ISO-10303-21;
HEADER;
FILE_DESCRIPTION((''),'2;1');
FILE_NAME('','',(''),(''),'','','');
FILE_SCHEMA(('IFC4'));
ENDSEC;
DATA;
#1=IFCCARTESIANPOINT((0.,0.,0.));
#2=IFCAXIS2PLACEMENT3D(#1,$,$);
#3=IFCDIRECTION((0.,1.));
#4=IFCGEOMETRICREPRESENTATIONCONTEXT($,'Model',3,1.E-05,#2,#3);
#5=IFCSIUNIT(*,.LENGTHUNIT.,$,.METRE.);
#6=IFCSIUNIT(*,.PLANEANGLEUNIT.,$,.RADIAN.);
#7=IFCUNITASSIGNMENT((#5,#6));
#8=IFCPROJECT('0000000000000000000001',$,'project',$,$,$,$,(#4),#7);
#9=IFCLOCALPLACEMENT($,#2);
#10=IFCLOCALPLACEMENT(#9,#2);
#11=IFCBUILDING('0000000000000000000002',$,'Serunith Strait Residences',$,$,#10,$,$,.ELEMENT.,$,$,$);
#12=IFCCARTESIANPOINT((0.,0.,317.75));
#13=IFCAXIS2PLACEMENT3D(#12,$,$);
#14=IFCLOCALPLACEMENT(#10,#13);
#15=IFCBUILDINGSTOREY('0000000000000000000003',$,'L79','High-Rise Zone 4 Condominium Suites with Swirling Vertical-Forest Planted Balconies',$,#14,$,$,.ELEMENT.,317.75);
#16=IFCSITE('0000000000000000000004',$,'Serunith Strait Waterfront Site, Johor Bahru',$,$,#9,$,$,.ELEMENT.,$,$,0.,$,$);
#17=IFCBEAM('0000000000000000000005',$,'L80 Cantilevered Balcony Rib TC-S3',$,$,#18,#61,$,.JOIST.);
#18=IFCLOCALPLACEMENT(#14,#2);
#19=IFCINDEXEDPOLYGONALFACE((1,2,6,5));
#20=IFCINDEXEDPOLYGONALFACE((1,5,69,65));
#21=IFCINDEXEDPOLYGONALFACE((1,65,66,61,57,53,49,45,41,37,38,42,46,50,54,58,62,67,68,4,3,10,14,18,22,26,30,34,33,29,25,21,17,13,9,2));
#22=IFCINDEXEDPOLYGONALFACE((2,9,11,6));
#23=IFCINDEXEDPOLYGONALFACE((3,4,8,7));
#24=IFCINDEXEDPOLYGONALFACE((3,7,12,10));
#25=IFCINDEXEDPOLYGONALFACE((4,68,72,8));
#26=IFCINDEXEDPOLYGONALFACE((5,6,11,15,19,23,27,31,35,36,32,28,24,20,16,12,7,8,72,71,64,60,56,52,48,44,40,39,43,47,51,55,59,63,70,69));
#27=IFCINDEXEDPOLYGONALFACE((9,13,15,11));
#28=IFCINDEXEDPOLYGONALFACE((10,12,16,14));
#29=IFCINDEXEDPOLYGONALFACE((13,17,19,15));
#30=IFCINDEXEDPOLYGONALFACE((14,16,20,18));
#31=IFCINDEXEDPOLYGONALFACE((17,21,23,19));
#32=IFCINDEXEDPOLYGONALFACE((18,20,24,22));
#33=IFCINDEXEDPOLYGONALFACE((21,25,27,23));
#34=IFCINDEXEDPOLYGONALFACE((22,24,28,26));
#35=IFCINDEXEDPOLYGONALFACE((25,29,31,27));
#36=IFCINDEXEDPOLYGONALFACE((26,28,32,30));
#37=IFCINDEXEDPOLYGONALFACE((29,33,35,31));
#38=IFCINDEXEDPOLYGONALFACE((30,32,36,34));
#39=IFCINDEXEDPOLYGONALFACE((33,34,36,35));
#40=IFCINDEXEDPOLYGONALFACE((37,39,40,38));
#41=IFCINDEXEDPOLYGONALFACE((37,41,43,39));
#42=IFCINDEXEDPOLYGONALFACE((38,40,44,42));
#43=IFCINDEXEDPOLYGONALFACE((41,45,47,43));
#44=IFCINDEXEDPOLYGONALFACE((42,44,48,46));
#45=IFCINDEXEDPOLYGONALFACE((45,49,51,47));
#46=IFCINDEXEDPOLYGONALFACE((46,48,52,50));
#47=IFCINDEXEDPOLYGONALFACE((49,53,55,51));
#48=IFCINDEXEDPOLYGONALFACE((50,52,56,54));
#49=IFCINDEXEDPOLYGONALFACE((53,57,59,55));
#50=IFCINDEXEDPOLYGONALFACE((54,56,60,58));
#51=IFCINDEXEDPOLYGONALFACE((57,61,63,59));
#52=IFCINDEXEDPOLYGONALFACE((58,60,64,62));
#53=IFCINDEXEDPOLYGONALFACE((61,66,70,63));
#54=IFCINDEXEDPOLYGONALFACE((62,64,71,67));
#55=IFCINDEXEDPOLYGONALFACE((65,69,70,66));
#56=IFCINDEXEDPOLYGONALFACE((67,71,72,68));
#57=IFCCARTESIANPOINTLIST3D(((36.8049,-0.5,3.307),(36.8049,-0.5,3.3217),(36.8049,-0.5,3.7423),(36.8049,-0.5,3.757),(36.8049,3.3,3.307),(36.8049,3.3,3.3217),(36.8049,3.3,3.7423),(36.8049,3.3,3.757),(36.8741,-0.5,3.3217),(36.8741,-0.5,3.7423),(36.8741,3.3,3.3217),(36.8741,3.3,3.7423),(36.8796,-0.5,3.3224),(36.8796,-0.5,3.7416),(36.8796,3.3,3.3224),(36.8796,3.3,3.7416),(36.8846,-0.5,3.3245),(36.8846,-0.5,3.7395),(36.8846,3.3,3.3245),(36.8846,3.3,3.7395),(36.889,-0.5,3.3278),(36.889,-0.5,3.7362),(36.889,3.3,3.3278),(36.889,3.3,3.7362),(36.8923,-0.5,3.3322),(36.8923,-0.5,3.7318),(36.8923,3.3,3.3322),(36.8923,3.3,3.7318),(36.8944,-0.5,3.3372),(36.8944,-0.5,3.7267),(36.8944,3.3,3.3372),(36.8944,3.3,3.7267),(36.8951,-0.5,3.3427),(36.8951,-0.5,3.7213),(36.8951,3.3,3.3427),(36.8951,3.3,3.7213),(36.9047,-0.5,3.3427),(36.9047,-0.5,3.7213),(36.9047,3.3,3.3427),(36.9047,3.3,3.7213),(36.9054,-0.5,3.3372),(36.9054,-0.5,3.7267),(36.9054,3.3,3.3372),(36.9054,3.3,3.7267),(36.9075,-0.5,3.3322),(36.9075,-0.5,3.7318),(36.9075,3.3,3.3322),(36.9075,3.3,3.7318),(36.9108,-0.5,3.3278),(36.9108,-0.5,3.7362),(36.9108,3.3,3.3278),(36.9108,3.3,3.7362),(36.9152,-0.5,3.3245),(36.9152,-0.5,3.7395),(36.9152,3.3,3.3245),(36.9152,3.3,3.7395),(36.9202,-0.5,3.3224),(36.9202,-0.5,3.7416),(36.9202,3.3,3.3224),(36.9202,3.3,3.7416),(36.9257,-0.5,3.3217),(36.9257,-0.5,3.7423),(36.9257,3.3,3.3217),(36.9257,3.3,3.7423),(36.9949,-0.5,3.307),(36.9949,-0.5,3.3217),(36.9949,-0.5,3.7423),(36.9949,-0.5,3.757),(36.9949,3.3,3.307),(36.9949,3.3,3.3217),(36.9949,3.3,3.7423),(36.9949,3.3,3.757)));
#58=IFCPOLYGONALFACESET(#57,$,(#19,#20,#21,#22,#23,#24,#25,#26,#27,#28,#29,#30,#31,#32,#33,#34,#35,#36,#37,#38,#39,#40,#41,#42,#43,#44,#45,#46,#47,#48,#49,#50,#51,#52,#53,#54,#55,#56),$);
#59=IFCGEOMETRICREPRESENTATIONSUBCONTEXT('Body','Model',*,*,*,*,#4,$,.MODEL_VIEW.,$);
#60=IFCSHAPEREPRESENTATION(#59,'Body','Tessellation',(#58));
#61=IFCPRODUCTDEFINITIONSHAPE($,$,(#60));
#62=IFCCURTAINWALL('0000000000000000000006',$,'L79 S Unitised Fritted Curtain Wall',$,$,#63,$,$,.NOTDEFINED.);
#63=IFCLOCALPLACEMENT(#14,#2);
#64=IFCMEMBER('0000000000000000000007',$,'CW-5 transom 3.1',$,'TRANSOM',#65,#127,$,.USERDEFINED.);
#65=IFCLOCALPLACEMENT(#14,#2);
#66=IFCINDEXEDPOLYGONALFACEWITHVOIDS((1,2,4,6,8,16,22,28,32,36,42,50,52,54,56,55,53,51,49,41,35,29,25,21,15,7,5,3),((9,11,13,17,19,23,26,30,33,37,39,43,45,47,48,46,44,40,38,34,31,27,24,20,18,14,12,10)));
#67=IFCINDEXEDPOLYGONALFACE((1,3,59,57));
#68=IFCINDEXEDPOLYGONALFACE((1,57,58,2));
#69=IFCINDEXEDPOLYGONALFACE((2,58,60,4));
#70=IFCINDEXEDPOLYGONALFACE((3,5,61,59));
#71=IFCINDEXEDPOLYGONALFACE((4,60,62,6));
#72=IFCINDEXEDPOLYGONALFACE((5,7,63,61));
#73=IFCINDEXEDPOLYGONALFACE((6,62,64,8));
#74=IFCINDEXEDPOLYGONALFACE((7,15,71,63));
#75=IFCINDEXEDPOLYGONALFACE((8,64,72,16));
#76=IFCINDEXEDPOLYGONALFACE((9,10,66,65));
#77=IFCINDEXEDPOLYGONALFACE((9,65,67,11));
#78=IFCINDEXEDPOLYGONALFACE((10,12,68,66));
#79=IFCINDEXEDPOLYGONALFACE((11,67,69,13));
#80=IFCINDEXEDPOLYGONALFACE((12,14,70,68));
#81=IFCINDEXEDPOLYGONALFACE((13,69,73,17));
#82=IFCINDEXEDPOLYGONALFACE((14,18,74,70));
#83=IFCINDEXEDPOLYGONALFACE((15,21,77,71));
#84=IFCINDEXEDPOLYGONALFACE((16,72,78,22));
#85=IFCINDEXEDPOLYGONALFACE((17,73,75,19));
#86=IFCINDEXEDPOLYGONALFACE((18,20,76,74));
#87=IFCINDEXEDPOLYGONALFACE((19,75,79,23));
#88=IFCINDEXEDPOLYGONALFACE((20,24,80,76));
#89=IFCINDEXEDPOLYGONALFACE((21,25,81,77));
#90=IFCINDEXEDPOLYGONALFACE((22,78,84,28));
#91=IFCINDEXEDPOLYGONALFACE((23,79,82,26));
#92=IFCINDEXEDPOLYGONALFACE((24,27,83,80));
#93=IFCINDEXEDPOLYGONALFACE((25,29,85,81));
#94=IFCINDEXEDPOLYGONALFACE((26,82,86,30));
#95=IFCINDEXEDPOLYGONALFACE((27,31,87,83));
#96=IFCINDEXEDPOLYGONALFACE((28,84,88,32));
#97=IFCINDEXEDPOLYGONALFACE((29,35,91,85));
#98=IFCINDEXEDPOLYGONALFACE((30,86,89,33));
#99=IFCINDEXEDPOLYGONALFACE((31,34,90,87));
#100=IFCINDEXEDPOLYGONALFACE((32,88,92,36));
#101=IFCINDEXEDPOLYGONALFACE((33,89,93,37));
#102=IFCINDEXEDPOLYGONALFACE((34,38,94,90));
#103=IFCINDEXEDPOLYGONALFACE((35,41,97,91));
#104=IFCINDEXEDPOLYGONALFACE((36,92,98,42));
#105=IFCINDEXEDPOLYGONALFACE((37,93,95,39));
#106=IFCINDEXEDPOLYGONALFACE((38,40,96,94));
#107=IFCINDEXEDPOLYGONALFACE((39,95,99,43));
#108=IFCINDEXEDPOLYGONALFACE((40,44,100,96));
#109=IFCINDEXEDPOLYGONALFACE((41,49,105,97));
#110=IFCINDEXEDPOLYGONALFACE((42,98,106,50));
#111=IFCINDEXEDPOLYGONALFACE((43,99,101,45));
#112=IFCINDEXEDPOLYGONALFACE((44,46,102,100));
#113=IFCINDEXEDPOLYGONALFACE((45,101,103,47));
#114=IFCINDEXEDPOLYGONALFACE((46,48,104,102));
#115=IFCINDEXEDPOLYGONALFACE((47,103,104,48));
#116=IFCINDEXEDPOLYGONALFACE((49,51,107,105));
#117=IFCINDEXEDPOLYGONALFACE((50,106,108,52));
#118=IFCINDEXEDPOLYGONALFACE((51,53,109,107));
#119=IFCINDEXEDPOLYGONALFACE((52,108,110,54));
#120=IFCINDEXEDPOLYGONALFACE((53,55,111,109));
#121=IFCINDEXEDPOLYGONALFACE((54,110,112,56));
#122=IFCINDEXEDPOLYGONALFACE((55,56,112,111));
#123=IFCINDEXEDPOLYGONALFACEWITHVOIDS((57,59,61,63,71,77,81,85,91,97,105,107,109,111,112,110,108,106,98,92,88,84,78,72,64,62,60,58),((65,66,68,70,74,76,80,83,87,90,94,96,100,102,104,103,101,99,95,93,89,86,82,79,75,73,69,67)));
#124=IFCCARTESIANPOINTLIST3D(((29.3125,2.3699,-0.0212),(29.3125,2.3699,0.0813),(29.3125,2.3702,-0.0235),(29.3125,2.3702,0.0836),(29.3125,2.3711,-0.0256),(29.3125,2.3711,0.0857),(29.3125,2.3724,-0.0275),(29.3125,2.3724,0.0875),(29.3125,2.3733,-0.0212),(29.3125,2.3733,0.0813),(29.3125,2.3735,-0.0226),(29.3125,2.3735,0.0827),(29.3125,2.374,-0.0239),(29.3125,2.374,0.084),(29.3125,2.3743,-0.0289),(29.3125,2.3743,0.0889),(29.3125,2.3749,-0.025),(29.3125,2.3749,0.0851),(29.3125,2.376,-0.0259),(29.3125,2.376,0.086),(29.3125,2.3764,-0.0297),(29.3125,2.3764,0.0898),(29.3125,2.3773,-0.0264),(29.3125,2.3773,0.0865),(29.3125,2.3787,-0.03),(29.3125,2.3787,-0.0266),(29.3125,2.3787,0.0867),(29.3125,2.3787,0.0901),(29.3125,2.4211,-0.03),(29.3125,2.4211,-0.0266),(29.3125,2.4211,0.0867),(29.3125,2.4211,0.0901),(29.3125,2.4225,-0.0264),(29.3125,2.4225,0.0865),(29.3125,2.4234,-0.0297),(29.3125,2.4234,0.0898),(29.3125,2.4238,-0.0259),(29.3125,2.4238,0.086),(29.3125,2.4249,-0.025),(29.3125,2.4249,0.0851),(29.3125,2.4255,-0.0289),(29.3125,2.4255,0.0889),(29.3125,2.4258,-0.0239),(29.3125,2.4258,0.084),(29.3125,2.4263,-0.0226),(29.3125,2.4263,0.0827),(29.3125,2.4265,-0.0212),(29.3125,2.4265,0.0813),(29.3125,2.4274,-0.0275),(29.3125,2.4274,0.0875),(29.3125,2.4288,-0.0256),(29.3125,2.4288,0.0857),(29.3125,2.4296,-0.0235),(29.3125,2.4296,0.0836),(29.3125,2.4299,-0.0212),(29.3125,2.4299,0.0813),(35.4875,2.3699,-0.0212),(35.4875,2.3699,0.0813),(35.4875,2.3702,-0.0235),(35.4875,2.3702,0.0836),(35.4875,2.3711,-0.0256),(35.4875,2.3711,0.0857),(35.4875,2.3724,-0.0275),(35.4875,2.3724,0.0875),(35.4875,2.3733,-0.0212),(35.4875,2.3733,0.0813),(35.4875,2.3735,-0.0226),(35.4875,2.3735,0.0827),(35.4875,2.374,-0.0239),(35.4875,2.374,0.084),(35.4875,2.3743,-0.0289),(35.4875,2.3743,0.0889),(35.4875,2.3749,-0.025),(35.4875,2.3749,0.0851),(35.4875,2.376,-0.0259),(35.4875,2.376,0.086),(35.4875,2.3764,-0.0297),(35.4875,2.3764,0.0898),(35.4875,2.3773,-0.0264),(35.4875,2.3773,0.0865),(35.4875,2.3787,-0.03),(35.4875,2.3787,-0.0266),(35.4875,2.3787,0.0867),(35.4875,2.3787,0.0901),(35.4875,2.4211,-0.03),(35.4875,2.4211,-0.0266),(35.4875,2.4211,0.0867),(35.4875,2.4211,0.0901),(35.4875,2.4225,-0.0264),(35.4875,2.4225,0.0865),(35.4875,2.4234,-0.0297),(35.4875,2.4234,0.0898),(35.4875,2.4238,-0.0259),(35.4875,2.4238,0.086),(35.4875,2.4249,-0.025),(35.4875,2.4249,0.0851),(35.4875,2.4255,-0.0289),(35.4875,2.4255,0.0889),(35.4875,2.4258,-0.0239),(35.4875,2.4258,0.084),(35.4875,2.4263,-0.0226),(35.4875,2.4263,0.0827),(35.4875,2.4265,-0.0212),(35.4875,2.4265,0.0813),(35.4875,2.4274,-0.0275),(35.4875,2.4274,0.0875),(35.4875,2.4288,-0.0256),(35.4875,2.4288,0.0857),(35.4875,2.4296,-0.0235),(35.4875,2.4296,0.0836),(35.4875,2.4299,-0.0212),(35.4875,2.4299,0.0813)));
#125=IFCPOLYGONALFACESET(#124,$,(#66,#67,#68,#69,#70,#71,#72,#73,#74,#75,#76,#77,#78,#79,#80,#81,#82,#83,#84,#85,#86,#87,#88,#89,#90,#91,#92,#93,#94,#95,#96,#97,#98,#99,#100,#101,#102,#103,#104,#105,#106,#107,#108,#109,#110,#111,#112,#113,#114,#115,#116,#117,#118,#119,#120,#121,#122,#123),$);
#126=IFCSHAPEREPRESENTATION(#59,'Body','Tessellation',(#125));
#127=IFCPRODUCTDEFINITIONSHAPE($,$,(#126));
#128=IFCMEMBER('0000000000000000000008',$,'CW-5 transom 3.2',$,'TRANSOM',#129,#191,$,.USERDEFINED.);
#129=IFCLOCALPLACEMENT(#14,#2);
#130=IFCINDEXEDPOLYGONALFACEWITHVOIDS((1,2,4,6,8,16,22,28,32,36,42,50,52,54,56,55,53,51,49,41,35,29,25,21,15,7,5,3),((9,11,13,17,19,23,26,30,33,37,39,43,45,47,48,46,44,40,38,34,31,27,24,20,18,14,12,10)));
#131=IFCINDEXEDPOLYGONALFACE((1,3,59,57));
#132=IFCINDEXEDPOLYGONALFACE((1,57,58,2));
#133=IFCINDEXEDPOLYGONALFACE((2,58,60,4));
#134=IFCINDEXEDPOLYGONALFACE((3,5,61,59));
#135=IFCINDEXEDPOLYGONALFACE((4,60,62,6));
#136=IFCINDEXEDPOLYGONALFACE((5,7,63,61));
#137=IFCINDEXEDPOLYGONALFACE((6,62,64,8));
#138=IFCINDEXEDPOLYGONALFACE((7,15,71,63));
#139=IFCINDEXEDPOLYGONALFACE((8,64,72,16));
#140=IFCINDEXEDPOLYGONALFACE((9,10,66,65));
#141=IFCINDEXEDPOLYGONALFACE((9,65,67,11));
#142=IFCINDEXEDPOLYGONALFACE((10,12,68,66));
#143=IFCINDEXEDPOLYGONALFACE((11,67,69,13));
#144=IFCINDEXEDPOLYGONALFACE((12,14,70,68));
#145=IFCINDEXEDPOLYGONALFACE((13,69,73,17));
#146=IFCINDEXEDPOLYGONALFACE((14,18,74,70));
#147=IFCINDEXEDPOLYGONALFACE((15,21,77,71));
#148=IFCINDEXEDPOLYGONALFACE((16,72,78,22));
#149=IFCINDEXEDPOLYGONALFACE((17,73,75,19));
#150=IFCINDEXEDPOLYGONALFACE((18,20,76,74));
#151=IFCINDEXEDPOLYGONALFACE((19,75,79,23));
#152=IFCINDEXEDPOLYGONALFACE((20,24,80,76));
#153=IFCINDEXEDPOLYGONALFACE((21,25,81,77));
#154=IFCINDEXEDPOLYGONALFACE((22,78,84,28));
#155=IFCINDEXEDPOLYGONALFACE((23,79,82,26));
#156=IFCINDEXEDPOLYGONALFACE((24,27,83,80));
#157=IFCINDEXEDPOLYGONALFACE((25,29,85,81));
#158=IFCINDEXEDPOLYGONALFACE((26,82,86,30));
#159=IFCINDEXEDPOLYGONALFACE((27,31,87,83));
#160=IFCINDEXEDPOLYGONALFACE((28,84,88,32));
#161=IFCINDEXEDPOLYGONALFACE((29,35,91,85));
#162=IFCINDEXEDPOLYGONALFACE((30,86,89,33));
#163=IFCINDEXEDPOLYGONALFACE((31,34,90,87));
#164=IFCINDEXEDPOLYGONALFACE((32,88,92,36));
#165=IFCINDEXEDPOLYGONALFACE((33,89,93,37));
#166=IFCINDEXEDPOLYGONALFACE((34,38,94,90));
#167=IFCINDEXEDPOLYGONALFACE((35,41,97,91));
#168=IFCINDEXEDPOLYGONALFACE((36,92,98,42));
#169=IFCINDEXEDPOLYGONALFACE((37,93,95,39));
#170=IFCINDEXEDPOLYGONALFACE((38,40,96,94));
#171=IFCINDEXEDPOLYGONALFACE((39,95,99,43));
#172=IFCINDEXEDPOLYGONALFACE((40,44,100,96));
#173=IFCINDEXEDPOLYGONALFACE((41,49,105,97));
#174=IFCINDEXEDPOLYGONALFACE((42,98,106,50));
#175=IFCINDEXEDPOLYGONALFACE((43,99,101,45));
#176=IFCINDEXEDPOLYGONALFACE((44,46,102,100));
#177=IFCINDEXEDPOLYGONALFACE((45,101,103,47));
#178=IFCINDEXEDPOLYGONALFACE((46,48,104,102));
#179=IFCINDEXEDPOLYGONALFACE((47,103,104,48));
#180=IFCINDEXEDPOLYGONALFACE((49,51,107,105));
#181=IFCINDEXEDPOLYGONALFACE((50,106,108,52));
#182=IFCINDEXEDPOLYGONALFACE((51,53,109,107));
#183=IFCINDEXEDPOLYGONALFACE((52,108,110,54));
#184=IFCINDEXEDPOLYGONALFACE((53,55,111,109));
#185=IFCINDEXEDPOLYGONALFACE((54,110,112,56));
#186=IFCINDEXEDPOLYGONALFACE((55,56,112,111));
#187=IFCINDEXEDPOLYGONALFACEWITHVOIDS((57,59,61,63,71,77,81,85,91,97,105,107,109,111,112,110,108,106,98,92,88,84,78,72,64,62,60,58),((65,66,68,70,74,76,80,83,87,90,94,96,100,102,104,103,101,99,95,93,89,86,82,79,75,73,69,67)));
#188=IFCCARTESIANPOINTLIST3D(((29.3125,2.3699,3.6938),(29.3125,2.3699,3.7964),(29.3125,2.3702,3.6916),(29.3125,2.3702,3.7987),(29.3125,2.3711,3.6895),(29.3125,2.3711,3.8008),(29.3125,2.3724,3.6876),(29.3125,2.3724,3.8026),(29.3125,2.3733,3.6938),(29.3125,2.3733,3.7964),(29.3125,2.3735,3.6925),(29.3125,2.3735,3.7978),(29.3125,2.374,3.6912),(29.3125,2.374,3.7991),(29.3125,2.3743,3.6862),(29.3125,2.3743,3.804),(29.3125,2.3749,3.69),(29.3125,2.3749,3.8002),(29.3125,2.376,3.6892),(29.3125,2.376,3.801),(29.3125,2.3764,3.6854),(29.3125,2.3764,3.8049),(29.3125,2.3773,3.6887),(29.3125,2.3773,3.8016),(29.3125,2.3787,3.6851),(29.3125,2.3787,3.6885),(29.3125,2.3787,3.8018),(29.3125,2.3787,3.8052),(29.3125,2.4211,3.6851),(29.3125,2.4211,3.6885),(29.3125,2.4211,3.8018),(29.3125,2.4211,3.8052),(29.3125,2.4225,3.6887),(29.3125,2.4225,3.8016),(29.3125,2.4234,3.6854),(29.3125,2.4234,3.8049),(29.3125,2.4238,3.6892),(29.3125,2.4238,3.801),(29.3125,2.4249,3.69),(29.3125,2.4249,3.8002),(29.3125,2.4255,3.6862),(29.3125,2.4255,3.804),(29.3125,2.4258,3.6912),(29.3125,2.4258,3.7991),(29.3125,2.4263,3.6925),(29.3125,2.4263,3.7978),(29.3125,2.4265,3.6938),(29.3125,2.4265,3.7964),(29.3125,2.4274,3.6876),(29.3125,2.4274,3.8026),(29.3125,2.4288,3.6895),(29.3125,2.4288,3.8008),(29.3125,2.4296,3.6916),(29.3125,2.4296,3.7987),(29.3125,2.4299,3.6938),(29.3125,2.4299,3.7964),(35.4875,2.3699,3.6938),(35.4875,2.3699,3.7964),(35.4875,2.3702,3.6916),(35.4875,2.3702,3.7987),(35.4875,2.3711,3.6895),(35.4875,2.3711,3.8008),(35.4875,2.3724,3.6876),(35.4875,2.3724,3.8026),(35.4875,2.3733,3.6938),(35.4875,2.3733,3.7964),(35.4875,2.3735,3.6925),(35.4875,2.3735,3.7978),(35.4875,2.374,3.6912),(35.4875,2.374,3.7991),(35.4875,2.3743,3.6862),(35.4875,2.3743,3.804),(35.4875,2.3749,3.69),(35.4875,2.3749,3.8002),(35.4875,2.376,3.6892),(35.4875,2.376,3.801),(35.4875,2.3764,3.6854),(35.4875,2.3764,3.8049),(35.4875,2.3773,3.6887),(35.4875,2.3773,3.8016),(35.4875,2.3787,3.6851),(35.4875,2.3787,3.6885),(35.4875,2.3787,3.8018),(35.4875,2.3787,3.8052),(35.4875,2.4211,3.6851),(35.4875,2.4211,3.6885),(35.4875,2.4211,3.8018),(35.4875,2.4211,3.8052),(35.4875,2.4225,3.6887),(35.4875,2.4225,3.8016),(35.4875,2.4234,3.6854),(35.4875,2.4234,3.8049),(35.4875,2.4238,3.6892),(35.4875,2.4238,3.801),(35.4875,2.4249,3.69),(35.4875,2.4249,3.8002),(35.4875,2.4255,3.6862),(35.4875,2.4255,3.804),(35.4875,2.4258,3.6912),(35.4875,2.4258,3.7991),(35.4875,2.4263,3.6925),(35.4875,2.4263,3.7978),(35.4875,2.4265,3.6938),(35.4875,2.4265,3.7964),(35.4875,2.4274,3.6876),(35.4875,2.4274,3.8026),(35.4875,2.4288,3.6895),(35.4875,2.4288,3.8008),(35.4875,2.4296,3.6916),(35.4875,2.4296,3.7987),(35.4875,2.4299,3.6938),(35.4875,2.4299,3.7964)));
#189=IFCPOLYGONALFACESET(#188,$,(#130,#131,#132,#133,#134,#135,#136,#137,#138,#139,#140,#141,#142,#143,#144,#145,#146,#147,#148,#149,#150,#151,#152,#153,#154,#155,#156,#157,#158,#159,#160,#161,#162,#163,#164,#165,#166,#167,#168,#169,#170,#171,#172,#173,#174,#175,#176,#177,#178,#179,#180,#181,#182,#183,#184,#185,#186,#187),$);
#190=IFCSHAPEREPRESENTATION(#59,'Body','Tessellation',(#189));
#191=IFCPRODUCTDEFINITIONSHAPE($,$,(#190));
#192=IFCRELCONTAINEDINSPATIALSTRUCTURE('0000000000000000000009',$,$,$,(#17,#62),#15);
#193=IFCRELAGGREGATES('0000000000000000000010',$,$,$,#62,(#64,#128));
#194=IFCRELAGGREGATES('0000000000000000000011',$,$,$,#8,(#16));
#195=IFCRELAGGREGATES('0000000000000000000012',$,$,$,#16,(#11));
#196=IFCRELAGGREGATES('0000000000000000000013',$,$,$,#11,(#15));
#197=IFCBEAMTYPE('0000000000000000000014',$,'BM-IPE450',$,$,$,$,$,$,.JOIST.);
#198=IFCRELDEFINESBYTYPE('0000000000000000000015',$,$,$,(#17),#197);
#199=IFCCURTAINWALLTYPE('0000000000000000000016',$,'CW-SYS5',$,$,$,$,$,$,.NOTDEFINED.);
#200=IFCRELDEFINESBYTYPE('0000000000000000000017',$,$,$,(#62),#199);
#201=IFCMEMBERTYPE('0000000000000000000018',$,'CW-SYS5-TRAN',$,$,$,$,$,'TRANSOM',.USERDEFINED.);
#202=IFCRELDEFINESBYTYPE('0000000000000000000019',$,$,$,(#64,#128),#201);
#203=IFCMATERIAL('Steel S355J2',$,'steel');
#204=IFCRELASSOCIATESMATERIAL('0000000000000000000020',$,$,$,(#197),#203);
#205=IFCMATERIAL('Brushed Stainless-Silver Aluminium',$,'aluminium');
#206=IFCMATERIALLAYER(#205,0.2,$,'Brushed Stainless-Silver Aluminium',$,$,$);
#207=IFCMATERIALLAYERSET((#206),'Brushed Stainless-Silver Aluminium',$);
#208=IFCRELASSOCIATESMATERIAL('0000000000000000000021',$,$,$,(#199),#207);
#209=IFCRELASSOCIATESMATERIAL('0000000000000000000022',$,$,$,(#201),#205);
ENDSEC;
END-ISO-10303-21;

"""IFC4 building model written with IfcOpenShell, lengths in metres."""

from ifc_helpers import new_model, si_unit, direction, frame, origin, origin_2d, place, context, subcontext, project, spatial, hollow_rectangle, i_section, extrude, source, transform, mapped, material, layer, layer_set, material_profile, profile_set, type_object, element, aggregate, save


model = new_model("IFC4")

# Units and contexts
model_context = context("Model", 3, precision=1e-05, world=origin(), true_north=direction((0.0, 1.0)))
body_context = subcontext(model_context, "Body", "Model", "MODEL_VIEW")
ifc_project = project(units=[si_unit("LENGTHUNIT", "METRE"), si_unit("PLANEANGLEUNIT", "RADIAN")], contexts=[model_context])

# Site, building, storey
site_placement = place(None, origin())
site = spatial("IfcSite", under=ifc_project, at=site_placement, Name="Serunith Strait Waterfront Site, Johor Bahru", CompositionType="ELEMENT", RefElevation=0.0)
building_placement = place(site_placement, origin())
building = spatial("IfcBuilding", under=site, at=building_placement, Name="Serunith Strait Residences", CompositionType="ELEMENT")
storey_placement = place(building_placement, frame((0.0, 0.0, 317.75)))
storey = spatial("IfcBuildingStorey", under=building, at=storey_placement, Name="L79", Description="High-Rise Zone 4 Condominium Suites with Swirling Vertical-Forest Planted Balconies", CompositionType="ELEMENT", Elevation=317.75)

# Beam
ifc_material_1 = material(Name="Steel S355J2", Category="steel")
ifc_material_profile_1 = material_profile(ifc_material_1, i_section(OverallWidth=0.1899, OverallDepth=0.45, WebThickness=0.0095, FlangeThickness=0.0146, FilletRadius=0.021, at=origin_2d()), Name="IPE 450")
ifc_profile_set_1 = profile_set([ifc_material_profile_1], Name="Steel S355J2")
beam_type_1 = type_object("IfcBeamType", Name="BM-IPE450", PredefinedType="JOIST", material=ifc_profile_set_1)
shared_shape_1 = source(origin(), body_context, "Body", "SweptSolid", [
    extrude(i_section(OverallWidth=0.1899, OverallDepth=0.45, WebThickness=0.0095, FlangeThickness=0.0146, FilletRadius=0.021, at=origin_2d()), origin(), (0.0, 0.0, 1.0), 3.8),
])
beam_1_placement = place(storey_placement, frame((36.8999, 3.3, 3.532), z_axis=(0.0, -1.0, 0.0), x_axis=(1.0, 0.0, 0.0)))
element("IfcBeam", 1, at=beam_1_placement, inside=storey, type_object=beam_type_1, Name="L80 Cantilevered Balcony Rib TC-S3", PredefinedType="JOIST", context=body_context, shape_type="MappedRepresentation", body=[
    mapped(shared_shape_1, transform((0.0, 0.0, 0.0), scale=1.0)),
])

# Curtain wall, members
ifc_material_2 = material(Name="Brushed Stainless-Silver Aluminium", Category="aluminium")
ifc_layer_1 = layer(ifc_material_2, 0.2, Name="Brushed Stainless-Silver Aluminium")
ifc_layer_set_1 = layer_set([ifc_layer_1], Name="Brushed Stainless-Silver Aluminium")
curtain_wall_type = type_object("IfcCurtainWallType", Name="CW-SYS5", PredefinedType="NOTDEFINED", material=ifc_layer_set_1)
curtain_wall_placement = place(storey_placement, origin())
curtain_wall = element("IfcCurtainWall", 2, at=curtain_wall_placement, inside=storey, type_object=curtain_wall_type, Name="L79 S Unitised Fritted Curtain Wall", PredefinedType="NOTDEFINED")
ifc_material_profile_2 = material_profile(ifc_material_2, hollow_rectangle(XDim=0.0601, YDim=0.1201, WallThickness=0.0034, InnerFilletRadius=0.0054, OuterFilletRadius=0.0088, at=origin_2d()), Name="ALU 120x60x3.5")
ifc_profile_set_2 = profile_set([ifc_material_profile_2], Name="Brushed Stainless-Silver Aluminium")
member_type_1 = type_object("IfcMemberType", Name="CW-SYS5-TRAN", ElementType="TRANSOM", PredefinedType="USERDEFINED", material=ifc_profile_set_2)
shared_shape_2 = source(origin(), body_context, "Body", "SweptSolid", [
    extrude(hollow_rectangle(XDim=0.0601, YDim=0.1201, WallThickness=0.0034, InnerFilletRadius=0.0054, OuterFilletRadius=0.0088, at=origin_2d()), origin(), (0.0, 0.0, 1.0), 6.175),
])
member_1_placement = place(storey_placement, frame((29.3125, 2.3999, 0.03), z_axis=(1.0, 0.0, 0.0), x_axis=(0.0, 1.0, 0.0)))
member_1 = element("IfcMember", 3, at=member_1_placement, type_object=member_type_1, Name="CW-5 transom 3.1", ObjectType="TRANSOM", PredefinedType="USERDEFINED", context=body_context, shape_type="MappedRepresentation", body=[
    mapped(shared_shape_2, transform((0.0, 0.0, 0.0), scale=1.0)),
])
member_2_placement = place(storey_placement, frame((29.3125, 2.3999, 3.7451), z_axis=(1.0, 0.0, 0.0), x_axis=(0.0, 1.0, 0.0)))
member_2 = element("IfcMember", 4, at=member_2_placement, type_object=member_type_1, Name="CW-5 transom 3.2", ObjectType="TRANSOM", PredefinedType="USERDEFINED", context=body_context, shape_type="MappedRepresentation", body=[
    mapped(shared_shape_2, transform((0.0, 0.0, 0.0), scale=1.0)),
])
aggregate(curtain_wall, [member_1, member_2])

save(model, "model.ifc")
